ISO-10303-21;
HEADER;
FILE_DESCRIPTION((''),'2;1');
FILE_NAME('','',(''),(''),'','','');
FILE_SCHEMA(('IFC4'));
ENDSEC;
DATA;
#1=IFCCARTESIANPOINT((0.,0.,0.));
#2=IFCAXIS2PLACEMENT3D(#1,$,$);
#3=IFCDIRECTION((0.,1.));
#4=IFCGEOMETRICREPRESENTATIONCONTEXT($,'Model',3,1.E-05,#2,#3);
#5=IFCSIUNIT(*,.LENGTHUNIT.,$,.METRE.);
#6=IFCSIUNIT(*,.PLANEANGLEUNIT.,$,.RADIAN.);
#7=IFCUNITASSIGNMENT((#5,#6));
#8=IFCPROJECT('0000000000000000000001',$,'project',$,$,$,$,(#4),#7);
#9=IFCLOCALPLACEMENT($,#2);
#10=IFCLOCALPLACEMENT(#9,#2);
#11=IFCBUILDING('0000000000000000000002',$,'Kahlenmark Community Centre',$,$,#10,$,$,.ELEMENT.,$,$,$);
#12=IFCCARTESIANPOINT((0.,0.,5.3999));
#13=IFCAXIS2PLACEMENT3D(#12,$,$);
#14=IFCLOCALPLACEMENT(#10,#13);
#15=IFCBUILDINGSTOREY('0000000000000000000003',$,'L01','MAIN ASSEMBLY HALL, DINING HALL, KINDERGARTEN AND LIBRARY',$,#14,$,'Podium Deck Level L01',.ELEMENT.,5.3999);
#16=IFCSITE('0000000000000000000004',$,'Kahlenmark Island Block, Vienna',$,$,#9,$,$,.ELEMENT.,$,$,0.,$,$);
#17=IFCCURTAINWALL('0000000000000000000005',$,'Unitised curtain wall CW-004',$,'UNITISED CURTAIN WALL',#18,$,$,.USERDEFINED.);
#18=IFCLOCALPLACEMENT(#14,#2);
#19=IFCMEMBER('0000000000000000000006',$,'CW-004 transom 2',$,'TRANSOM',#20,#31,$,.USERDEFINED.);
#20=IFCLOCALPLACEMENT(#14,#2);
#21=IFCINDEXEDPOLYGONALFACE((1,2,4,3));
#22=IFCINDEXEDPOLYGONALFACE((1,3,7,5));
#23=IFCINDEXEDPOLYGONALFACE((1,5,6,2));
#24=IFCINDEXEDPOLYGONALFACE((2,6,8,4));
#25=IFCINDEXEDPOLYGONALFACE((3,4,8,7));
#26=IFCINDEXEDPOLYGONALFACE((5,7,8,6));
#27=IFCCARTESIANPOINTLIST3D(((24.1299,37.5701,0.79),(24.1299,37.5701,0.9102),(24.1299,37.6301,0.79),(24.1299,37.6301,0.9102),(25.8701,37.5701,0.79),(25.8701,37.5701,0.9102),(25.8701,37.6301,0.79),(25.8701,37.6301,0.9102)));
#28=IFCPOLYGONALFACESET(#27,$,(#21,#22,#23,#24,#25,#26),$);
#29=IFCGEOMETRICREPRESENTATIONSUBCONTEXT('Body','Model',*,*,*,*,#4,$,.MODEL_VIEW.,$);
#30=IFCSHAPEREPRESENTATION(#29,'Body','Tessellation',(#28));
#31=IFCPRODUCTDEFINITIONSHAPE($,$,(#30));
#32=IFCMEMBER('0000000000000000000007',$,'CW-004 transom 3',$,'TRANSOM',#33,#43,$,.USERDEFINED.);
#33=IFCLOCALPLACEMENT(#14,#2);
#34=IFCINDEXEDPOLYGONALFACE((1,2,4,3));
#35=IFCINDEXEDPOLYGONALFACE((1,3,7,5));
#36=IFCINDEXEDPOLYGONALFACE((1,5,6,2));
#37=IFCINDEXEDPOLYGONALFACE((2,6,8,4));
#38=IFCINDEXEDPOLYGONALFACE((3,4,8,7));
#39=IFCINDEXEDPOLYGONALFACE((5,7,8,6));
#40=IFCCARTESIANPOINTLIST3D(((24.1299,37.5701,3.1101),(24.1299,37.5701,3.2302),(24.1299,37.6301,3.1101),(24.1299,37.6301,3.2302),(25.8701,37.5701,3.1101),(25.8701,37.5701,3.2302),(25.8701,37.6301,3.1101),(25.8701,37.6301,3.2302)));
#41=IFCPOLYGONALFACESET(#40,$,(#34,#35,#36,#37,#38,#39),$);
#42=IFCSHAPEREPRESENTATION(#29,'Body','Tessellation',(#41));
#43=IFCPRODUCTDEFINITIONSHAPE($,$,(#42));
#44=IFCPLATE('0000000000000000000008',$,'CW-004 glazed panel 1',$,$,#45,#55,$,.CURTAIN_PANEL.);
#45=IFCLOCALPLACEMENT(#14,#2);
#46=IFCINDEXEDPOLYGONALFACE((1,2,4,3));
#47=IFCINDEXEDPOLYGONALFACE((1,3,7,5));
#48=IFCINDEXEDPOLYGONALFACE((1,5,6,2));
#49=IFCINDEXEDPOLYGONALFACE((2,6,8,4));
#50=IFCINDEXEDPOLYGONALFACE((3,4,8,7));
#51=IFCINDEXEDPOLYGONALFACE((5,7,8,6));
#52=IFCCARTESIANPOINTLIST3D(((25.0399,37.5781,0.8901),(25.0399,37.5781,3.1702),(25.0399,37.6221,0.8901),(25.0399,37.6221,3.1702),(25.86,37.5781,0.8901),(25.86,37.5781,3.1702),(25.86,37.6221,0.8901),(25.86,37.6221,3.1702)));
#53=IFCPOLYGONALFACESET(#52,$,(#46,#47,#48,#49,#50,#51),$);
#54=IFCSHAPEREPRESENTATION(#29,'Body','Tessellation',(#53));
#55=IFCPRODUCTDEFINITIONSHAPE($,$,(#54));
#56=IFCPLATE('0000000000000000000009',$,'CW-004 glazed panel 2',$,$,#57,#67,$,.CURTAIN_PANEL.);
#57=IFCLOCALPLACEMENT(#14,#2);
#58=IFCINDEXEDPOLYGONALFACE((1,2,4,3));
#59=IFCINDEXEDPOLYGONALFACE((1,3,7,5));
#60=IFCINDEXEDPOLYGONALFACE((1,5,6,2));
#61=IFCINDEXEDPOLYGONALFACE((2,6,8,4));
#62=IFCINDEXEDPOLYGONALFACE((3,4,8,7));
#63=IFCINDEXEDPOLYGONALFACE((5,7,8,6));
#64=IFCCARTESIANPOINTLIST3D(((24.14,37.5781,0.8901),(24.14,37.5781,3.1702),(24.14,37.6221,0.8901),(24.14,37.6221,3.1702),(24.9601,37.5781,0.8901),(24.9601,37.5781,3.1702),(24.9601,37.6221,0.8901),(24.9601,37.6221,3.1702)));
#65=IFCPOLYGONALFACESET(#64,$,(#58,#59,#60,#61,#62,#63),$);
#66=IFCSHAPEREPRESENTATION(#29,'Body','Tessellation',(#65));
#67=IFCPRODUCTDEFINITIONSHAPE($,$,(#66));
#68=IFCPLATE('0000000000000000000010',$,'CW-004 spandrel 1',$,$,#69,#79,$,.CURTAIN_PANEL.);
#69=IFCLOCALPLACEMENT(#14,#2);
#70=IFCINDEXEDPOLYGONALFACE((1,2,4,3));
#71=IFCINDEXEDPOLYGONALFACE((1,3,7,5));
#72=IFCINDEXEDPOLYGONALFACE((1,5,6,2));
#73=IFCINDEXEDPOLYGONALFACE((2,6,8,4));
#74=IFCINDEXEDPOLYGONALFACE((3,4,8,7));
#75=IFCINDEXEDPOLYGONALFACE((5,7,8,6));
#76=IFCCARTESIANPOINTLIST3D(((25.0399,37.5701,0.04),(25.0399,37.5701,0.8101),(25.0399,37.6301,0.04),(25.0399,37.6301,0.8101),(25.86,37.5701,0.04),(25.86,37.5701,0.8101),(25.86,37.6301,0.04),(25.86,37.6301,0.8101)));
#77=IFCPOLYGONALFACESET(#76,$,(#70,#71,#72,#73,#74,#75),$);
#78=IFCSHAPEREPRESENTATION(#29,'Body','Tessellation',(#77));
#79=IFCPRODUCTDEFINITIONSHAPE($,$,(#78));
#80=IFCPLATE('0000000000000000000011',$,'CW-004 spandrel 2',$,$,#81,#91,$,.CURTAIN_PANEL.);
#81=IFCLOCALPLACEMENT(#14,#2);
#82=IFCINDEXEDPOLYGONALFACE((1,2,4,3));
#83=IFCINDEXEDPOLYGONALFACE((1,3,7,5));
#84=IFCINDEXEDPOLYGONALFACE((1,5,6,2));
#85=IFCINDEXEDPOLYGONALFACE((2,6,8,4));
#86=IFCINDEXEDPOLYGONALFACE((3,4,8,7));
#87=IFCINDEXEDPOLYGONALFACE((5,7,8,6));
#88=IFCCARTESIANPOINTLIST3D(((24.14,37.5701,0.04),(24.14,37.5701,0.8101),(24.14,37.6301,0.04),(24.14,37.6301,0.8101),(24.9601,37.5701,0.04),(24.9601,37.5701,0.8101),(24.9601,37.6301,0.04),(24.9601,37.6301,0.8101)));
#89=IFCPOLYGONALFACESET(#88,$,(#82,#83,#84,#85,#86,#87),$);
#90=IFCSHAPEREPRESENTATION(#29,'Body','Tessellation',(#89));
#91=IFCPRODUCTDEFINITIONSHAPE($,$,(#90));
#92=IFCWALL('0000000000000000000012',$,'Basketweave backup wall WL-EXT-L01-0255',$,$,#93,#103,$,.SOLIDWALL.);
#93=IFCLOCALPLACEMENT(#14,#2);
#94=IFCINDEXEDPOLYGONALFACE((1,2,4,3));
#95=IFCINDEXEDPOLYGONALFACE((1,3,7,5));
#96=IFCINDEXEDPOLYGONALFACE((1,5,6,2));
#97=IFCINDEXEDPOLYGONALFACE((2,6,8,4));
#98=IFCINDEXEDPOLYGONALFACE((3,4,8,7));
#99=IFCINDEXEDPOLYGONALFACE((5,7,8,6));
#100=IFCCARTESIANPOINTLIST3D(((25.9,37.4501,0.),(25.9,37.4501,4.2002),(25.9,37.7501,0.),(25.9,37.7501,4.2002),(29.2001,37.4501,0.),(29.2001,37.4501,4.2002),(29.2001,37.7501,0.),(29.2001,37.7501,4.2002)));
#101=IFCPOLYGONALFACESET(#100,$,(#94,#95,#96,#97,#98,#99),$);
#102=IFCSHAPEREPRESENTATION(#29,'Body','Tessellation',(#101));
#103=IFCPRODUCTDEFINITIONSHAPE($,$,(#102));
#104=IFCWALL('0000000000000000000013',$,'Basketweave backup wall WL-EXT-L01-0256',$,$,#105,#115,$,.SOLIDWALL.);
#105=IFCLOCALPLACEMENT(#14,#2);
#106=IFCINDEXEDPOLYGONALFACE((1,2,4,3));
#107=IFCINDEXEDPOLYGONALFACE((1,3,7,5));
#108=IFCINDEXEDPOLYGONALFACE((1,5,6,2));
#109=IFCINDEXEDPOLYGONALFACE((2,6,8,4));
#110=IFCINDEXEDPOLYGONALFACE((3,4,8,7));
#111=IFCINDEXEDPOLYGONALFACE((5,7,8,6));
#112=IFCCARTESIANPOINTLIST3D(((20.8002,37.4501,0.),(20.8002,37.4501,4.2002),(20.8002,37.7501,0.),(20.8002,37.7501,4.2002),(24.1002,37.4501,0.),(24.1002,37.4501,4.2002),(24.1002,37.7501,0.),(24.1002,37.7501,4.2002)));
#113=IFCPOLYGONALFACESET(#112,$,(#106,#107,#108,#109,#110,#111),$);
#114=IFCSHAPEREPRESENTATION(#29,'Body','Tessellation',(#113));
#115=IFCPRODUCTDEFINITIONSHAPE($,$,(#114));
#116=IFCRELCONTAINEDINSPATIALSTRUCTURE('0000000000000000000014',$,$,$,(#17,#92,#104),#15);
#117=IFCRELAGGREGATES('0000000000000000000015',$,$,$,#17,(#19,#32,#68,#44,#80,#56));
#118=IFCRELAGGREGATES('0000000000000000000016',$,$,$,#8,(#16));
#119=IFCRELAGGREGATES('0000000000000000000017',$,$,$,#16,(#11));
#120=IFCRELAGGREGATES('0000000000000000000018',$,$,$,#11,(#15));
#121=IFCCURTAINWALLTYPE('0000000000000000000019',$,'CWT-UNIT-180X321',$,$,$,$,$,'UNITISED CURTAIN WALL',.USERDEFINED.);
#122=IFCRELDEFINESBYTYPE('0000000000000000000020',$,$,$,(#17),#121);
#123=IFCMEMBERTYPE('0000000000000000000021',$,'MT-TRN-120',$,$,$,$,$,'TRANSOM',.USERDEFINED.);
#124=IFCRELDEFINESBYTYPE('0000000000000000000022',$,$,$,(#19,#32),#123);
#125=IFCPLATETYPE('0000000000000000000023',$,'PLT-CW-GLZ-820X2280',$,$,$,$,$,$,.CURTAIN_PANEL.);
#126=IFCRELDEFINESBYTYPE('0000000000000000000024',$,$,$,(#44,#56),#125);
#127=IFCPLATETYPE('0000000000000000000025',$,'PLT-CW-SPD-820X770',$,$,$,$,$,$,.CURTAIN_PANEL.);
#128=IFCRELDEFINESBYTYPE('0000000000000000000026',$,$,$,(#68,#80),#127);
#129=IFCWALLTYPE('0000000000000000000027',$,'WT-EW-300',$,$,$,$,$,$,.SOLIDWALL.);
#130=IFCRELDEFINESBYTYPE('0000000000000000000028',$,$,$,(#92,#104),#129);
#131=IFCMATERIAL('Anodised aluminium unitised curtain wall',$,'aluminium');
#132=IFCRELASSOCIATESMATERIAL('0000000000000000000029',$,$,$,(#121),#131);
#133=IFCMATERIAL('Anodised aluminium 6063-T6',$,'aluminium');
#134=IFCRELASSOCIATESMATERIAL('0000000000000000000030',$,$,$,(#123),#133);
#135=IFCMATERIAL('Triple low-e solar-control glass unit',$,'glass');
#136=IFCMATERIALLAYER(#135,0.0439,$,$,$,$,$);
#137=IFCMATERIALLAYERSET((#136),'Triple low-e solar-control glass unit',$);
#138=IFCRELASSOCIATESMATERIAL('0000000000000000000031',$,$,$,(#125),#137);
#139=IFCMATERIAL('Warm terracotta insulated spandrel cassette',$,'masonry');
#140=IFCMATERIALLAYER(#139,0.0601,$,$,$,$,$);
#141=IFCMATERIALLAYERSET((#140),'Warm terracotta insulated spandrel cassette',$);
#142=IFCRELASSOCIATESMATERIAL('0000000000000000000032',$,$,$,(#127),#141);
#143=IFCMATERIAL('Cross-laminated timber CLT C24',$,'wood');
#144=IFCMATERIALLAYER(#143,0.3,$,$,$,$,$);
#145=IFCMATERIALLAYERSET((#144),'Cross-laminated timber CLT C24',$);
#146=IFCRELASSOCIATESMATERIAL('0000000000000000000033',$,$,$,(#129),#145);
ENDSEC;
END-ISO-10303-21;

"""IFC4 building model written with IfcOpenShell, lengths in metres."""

from ifc_helpers import new_model, si_unit, direction, frame, frame_2d, origin, origin_2d, place, context, subcontext, project, spatial, rectangle, extrude, material, layer, layer_set, material_profile, profile_set, type_object, element, aggregate, save


model = new_model("IFC4")

# Units and contexts
model_context = context("Model", 3, precision=1e-05, world=origin(), true_north=direction((0.0, 1.0)))
body_context = subcontext(model_context, "Body", "Model", "MODEL_VIEW")
ifc_project = project(units=[si_unit("LENGTHUNIT", "METRE"), si_unit("PLANEANGLEUNIT", "RADIAN")], contexts=[model_context])

# Site, building, storey
site_placement = place(None, origin())
site = spatial("IfcSite", under=ifc_project, at=site_placement, Name="Kahlenmark Island Block, Vienna", CompositionType="ELEMENT", RefElevation=0.0)
building_placement = place(site_placement, origin())
building = spatial("IfcBuilding", under=site, at=building_placement, Name="Kahlenmark Community Centre", CompositionType="ELEMENT")
storey_placement = place(building_placement, frame((0.0, 0.0, 5.3999)))
storey = spatial("IfcBuildingStorey", under=building, at=storey_placement, Name="L01", Description="MAIN ASSEMBLY HALL, DINING HALL, KINDERGARTEN AND LIBRARY", LongName="Podium Deck Level L01", CompositionType="ELEMENT", Elevation=5.3999)

# Curtain wall, members, plates
ifc_material_1 = material(Name="Anodised aluminium unitised curtain wall", Category="aluminium")
curtain_wall_type = type_object("IfcCurtainWallType", Name="CWT-UNIT-180X321", ElementType="UNITISED CURTAIN WALL", PredefinedType="USERDEFINED", material=ifc_material_1)
curtain_wall_placement = place(storey_placement, origin())
curtain_wall = element("IfcCurtainWall", 1, at=curtain_wall_placement, inside=storey, type_object=curtain_wall_type, Name="Unitised curtain wall CW-004", ObjectType="UNITISED CURTAIN WALL", PredefinedType="USERDEFINED")
ifc_material_2 = material(Name="Anodised aluminium 6063-T6", Category="aluminium")
ifc_material_profile_1 = material_profile(ifc_material_2, rectangle(XDim=0.0601, YDim=0.1201, at=origin_2d()), Name="ALU TRANSOM 60x120")
ifc_profile_set_1 = profile_set([ifc_material_profile_1], Name="Anodised aluminium 6063-T6")
member_type_1 = type_object("IfcMemberType", Name="MT-TRN-120", ElementType="TRANSOM", PredefinedType="USERDEFINED", material=ifc_profile_set_1)
member_1_placement = place(storey_placement, frame((25.8701, 37.6001, 0.8501), z_axis=(-1.0, 0.0, 0.0), x_axis=(0.0, -1.0, 0.0)))
member_1 = element("IfcMember", 2, at=member_1_placement, type_object=member_type_1, Name="CW-004 transom 2", ObjectType="TRANSOM", PredefinedType="USERDEFINED", context=body_context, shape_type="SweptSolid", body=[
    extrude(rectangle(XDim=0.0601, YDim=0.1201, at=origin_2d()), origin(), (0.0, 0.0, 1.0), 1.7402),
])
member_2_placement = place(storey_placement, frame((25.8701, 37.6001, 3.1702), z_axis=(-1.0, 0.0, 0.0), x_axis=(0.0, -1.0, 0.0)))
member_2 = element("IfcMember", 3, at=member_2_placement, type_object=member_type_1, Name="CW-004 transom 3", ObjectType="TRANSOM", PredefinedType="USERDEFINED", context=body_context, shape_type="SweptSolid", body=[
    extrude(rectangle(XDim=0.0601, YDim=0.1201, at=origin_2d()), origin(), (0.0, 0.0, 1.0), 1.7402),
])
ifc_material_3 = material(Name="Triple low-e solar-control glass unit", Category="glass")
ifc_layer_1 = layer(ifc_material_3, 0.0439)
ifc_layer_set_1 = layer_set([ifc_layer_1], Name="Triple low-e solar-control glass unit")
plate_type_1 = type_object("IfcPlateType", Name="PLT-CW-GLZ-820X2280", PredefinedType="CURTAIN_PANEL", material=ifc_layer_set_1)
plate_1_placement = place(storey_placement, frame((25.45, 37.6001, 0.8901), z_axis=(0.0, 0.0, 1.0), x_axis=(-1.0, 0.0, 0.0)))
plate_1 = element("IfcPlate", 4, at=plate_1_placement, type_object=plate_type_1, Name="CW-004 glazed panel 1", PredefinedType="CURTAIN_PANEL", context=body_context, shape_type="SweptSolid", body=[
    extrude(rectangle(XDim=0.8201, YDim=0.0439, at=origin_2d()), origin(), (0.0, 0.0, 1.0), 2.28),
])
plate_2_placement = place(storey_placement, frame((24.55, 37.6001, 0.8901), z_axis=(0.0, 0.0, 1.0), x_axis=(-1.0, 0.0, 0.0)))
plate_2 = element("IfcPlate", 5, at=plate_2_placement, type_object=plate_type_1, Name="CW-004 glazed panel 2", PredefinedType="CURTAIN_PANEL", context=body_context, shape_type="SweptSolid", body=[
    extrude(rectangle(XDim=0.8201, YDim=0.0439, at=origin_2d()), origin(), (0.0, 0.0, 1.0), 2.28),
])
ifc_material_4 = material(Name="Warm terracotta insulated spandrel cassette", Category="masonry")
ifc_layer_2 = layer(ifc_material_4, 0.0601)
ifc_layer_set_2 = layer_set([ifc_layer_2], Name="Warm terracotta insulated spandrel cassette")
plate_type_2 = type_object("IfcPlateType", Name="PLT-CW-SPD-820X770", PredefinedType="CURTAIN_PANEL", material=ifc_layer_set_2)
plate_3_placement = place(storey_placement, frame((25.45, 37.6001, 0.04), z_axis=(0.0, 0.0, 1.0), x_axis=(-1.0, 0.0, 0.0)))
plate_3 = element("IfcPlate", 6, at=plate_3_placement, type_object=plate_type_2, Name="CW-004 spandrel 1", PredefinedType="CURTAIN_PANEL", context=body_context, shape_type="SweptSolid", body=[
    extrude(rectangle(XDim=0.8201, YDim=0.0601, at=origin_2d()), origin(), (0.0, 0.0, 1.0), 0.77),
])
plate_4_placement = place(storey_placement, frame((24.55, 37.6001, 0.04), z_axis=(0.0, 0.0, 1.0), x_axis=(-1.0, 0.0, 0.0)))
plate_4 = element("IfcPlate", 7, at=plate_4_placement, type_object=plate_type_2, Name="CW-004 spandrel 2", PredefinedType="CURTAIN_PANEL", context=body_context, shape_type="SweptSolid", body=[
    extrude(rectangle(XDim=0.8201, YDim=0.0601, at=origin_2d()), origin(), (0.0, 0.0, 1.0), 0.77),
])
aggregate(curtain_wall, [member_1, member_2, plate_3, plate_1, plate_4, plate_2])

# Walls
ifc_material_5 = material(Name="Cross-laminated timber CLT C24", Category="wood")
ifc_layer_3 = layer(ifc_material_5, 0.3)
ifc_layer_set_3 = layer_set([ifc_layer_3], Name="Cross-laminated timber CLT C24")
wall_type = type_object("IfcWallType", Name="WT-EW-300", PredefinedType="SOLIDWALL", material=ifc_layer_set_3)
for number, where, z_axis, x_axis, name in (
    (8, (29.2, 37.6001, 0.0), (0.0, 0.0, 1.0), (-1.0, 0.0, 0.0), "Basketweave backup wall WL-EXT-L01-0255"),
    (9, (24.1001, 37.6001, 0.0), (0.0, 0.0, 1.0), (-1.0, 0.0, 0.0), "Basketweave backup wall WL-EXT-L01-0256"),
):
    element("IfcWall", number, at=place(storey_placement, frame(where, z_axis=z_axis, x_axis=x_axis)), inside=storey, type_object=wall_type, Name=name, PredefinedType="SOLIDWALL", context=body_context, shape_type="SweptSolid", body=[
        extrude(rectangle(XDim=3.3, YDim=0.3, at=frame_2d((1.6499, 0.0))), origin(), (0.0, 0.0, 1.0), 4.2002),
    ])

save(model, "model.ifc")
